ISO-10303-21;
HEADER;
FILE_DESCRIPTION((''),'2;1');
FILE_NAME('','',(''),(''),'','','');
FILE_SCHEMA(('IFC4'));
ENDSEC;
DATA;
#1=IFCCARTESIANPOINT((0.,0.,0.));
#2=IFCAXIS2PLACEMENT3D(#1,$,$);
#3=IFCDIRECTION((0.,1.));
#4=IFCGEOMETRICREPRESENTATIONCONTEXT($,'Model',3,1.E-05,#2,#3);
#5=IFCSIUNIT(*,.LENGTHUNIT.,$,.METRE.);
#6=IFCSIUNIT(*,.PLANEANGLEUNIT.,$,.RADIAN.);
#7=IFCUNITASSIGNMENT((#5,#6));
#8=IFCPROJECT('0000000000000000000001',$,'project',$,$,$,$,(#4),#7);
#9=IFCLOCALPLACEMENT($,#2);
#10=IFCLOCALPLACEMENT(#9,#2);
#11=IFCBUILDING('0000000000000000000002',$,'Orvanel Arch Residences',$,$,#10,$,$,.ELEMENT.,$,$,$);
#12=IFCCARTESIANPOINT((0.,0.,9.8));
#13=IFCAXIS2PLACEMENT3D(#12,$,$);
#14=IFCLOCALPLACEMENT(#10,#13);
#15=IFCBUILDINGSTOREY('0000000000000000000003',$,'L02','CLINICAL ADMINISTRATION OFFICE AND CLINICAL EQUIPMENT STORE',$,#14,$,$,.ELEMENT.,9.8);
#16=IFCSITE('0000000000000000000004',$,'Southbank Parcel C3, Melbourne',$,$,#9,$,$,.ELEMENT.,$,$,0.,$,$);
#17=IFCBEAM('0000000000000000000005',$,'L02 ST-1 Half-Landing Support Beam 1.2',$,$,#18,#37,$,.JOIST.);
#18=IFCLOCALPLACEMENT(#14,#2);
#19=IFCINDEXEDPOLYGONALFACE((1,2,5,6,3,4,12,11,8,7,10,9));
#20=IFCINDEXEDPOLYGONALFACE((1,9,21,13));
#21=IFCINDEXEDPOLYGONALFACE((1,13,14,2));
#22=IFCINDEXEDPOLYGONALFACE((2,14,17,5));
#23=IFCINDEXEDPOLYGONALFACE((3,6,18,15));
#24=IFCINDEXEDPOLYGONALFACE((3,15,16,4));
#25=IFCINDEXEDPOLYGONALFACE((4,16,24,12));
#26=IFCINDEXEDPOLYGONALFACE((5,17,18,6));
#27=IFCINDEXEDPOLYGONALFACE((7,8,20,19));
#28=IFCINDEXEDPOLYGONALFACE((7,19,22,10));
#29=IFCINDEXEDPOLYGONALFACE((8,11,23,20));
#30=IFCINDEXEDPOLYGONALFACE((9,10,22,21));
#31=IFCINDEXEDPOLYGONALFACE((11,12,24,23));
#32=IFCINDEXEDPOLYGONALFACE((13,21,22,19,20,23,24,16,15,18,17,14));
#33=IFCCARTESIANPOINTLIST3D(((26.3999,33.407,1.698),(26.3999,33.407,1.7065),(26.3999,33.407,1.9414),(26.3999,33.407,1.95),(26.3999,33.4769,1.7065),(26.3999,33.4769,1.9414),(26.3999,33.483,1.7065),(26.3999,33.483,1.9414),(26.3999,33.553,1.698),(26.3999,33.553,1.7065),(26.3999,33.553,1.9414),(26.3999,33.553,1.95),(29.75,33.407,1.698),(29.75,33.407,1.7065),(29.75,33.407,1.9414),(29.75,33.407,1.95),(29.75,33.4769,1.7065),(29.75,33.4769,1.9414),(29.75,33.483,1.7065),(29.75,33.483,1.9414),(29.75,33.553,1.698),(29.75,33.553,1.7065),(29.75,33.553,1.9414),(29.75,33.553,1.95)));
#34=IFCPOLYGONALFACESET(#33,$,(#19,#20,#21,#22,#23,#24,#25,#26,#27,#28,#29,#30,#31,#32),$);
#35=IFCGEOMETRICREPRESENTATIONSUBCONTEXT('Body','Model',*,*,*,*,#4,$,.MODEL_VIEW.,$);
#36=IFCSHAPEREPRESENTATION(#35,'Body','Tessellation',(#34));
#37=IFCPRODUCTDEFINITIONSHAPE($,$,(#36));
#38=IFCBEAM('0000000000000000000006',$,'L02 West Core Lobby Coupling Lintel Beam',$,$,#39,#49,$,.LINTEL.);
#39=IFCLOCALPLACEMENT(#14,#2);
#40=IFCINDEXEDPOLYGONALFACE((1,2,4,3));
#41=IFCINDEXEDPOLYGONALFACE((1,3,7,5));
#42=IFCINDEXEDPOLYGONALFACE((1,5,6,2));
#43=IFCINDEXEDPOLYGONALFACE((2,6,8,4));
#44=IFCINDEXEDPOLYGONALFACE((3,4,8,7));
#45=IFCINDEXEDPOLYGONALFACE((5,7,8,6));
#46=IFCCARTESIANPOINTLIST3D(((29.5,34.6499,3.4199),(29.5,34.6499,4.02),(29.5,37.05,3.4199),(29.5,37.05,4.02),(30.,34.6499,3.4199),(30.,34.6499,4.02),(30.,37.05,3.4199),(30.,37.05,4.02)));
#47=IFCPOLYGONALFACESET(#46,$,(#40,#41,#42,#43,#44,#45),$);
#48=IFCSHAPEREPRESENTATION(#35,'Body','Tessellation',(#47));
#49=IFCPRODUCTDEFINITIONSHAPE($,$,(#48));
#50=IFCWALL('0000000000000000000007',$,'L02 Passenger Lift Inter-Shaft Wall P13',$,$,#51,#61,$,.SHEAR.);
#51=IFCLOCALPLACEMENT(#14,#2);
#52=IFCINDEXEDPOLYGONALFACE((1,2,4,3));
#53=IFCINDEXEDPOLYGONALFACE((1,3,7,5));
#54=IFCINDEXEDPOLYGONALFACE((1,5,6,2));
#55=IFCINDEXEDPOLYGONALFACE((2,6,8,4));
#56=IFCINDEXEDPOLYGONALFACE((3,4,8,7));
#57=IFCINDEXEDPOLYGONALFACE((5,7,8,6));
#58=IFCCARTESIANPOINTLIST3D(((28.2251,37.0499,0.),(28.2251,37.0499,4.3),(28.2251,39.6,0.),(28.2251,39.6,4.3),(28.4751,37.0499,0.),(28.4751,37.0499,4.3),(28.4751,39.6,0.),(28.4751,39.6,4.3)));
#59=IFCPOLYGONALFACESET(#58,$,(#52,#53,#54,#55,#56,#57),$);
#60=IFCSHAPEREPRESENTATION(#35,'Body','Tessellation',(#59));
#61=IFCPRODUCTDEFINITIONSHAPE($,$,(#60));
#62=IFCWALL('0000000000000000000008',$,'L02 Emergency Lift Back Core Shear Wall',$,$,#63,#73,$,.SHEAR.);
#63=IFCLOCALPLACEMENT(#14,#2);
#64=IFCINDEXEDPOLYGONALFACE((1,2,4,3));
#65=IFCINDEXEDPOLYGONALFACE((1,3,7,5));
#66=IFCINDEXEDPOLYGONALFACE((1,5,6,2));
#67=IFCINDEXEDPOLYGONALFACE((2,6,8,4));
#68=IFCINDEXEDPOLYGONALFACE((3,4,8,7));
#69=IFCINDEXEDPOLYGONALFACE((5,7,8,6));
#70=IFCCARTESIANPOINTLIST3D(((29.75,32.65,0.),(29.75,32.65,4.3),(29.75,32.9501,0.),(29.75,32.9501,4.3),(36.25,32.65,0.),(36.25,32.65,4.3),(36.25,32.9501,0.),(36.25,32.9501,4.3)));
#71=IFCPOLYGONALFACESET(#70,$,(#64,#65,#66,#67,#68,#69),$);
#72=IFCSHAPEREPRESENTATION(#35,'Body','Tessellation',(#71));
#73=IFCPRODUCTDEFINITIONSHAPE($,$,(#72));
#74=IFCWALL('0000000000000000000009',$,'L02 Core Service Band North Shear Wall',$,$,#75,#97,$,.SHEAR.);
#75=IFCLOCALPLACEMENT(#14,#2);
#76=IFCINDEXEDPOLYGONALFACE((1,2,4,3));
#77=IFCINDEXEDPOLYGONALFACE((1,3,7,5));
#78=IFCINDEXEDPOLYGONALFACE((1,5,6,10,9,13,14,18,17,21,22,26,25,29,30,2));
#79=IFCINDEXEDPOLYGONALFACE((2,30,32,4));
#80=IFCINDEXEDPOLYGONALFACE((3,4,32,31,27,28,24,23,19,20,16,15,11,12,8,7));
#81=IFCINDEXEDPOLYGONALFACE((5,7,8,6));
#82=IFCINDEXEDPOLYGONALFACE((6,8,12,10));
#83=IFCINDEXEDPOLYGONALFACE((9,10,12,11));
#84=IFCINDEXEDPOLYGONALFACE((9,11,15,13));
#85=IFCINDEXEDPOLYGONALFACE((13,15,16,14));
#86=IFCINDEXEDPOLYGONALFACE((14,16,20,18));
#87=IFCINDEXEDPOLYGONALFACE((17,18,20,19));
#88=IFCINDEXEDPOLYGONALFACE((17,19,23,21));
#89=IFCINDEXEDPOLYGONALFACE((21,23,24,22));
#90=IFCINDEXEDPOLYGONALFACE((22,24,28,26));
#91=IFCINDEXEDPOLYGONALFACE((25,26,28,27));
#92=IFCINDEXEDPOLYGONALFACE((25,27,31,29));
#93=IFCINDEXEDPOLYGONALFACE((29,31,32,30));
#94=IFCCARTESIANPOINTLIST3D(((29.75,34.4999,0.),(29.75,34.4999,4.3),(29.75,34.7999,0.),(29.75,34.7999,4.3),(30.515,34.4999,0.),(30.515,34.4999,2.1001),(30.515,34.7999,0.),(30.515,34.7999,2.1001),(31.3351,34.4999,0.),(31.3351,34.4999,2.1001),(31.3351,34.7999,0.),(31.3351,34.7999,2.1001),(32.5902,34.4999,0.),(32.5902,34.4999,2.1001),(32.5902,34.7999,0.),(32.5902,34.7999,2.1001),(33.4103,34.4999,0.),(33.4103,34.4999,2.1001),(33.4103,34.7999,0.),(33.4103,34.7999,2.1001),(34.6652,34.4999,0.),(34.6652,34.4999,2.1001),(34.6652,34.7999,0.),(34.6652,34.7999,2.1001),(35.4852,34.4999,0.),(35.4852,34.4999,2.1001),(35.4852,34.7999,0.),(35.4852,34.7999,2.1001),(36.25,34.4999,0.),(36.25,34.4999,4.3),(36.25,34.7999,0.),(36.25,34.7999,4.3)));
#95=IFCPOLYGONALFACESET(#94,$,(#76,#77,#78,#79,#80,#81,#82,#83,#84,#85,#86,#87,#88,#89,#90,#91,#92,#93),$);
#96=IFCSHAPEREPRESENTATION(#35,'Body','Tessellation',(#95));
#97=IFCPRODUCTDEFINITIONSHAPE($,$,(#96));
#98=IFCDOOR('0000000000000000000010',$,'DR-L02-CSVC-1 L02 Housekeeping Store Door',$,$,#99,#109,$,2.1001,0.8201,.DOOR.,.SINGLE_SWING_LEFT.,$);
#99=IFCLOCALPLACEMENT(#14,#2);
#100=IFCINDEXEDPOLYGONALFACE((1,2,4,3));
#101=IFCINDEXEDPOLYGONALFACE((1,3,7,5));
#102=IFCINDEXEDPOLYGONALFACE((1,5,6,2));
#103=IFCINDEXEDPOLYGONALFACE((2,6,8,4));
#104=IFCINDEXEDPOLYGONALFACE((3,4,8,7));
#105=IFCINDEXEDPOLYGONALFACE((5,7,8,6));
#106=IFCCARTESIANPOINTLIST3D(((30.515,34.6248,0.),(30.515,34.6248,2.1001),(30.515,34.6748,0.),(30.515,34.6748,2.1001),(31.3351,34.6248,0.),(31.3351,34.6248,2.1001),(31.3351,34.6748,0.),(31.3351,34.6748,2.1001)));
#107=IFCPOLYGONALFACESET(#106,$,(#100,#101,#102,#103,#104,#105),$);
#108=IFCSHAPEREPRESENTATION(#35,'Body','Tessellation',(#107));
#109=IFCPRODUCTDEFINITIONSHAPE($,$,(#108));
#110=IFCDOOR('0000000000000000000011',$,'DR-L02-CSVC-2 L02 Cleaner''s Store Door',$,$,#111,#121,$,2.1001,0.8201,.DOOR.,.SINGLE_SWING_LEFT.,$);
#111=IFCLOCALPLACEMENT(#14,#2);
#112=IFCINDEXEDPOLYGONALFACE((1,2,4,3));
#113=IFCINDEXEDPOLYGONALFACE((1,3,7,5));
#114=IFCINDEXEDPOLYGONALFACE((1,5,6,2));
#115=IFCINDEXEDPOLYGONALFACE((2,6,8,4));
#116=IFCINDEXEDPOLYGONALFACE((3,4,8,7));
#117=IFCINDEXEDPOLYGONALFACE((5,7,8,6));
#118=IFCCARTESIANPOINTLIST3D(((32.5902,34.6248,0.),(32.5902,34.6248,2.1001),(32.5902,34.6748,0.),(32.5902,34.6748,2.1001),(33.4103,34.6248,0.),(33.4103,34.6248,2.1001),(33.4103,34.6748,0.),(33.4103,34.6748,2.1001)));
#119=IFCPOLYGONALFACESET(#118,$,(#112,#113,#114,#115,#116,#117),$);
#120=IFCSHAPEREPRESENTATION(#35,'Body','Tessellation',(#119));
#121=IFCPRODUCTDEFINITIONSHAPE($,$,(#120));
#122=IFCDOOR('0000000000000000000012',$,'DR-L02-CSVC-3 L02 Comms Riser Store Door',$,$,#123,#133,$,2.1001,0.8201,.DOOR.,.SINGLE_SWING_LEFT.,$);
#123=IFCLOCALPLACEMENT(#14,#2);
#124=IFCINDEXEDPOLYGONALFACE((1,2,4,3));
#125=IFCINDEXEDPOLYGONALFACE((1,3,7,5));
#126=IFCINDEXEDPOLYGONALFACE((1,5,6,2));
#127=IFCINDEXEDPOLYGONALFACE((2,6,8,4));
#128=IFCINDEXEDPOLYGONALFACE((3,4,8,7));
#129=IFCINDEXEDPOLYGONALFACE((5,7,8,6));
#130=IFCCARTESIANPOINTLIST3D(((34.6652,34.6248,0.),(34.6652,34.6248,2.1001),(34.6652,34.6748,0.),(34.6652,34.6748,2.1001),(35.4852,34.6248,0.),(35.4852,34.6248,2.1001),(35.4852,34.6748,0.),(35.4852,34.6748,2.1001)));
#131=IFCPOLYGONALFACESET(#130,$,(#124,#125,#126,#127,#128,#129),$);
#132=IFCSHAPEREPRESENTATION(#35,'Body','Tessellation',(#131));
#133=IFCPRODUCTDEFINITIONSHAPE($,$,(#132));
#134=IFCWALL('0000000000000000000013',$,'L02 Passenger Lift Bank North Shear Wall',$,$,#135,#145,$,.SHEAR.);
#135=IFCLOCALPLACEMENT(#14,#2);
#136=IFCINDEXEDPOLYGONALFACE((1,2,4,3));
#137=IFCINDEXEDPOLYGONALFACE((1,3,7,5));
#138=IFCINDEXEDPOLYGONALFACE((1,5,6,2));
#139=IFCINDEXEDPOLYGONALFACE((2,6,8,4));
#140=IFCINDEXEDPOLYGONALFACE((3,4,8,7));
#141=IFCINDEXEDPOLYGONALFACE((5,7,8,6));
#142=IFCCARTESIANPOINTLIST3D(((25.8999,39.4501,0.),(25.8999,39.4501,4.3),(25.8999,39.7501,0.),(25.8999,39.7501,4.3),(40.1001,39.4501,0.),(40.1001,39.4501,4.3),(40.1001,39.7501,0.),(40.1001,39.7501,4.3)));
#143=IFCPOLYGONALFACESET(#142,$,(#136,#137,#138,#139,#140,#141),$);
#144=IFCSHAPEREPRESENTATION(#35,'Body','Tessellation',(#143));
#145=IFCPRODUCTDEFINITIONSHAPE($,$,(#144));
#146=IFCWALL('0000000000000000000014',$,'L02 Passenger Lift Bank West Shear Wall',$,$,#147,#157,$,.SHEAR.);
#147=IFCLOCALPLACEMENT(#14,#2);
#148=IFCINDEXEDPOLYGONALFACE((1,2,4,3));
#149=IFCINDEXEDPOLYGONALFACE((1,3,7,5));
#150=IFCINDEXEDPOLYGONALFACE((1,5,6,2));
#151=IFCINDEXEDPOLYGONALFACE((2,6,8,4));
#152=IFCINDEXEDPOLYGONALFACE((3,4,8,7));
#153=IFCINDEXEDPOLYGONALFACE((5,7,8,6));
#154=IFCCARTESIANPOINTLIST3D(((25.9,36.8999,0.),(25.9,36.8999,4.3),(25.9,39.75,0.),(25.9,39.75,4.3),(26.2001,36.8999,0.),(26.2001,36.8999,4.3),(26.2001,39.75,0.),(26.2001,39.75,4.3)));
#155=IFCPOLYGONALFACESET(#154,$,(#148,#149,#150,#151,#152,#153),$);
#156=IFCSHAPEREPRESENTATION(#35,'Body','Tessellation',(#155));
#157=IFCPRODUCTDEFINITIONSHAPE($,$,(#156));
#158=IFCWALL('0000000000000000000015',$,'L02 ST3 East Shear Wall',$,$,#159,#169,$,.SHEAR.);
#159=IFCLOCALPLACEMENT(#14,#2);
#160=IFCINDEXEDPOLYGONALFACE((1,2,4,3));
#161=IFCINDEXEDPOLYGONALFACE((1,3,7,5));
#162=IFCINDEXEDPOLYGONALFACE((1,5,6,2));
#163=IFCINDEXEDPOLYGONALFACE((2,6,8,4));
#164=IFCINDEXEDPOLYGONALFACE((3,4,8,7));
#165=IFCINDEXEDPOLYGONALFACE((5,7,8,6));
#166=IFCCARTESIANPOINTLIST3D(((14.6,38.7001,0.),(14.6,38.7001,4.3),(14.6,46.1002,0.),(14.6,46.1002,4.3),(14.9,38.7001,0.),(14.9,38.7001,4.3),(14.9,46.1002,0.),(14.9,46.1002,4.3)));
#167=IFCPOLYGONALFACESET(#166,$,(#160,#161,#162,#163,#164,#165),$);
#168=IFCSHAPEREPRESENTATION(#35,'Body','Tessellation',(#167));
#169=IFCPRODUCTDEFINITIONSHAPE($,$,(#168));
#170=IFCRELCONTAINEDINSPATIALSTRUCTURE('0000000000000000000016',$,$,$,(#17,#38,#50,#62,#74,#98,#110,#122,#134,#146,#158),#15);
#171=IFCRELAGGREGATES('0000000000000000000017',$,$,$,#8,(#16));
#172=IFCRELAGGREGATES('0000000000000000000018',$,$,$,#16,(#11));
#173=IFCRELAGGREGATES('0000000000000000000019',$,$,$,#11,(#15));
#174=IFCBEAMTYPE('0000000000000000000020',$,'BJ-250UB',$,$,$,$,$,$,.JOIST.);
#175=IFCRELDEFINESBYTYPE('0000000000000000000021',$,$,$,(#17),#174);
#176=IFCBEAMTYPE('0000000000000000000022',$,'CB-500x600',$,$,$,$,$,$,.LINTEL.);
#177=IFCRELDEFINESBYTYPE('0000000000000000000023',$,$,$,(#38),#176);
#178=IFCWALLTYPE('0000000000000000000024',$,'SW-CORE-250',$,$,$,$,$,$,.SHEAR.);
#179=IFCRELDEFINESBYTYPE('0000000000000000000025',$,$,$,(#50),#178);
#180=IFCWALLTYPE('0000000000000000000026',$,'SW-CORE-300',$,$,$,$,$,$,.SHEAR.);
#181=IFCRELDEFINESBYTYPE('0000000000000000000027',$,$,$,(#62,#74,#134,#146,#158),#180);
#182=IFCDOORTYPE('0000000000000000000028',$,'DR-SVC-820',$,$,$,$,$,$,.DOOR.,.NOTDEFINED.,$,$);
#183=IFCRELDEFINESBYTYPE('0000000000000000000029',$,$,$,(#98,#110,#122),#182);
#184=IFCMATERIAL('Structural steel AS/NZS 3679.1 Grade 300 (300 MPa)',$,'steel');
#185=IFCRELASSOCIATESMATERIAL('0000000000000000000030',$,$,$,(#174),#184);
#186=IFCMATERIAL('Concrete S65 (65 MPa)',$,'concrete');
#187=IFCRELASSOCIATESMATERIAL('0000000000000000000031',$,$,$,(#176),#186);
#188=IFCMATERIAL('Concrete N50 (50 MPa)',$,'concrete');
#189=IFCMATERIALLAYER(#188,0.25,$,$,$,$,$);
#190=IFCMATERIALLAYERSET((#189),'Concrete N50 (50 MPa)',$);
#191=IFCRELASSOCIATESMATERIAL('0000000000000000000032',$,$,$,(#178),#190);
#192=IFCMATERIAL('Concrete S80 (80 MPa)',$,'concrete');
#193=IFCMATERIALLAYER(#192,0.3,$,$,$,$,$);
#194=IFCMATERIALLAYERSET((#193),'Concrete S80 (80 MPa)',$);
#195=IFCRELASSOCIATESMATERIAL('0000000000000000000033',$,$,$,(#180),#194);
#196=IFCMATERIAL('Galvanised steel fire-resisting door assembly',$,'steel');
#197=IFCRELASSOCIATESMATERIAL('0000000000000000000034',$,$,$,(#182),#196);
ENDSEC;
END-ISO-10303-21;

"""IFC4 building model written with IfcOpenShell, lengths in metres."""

from ifc_helpers import new_model, si_unit, direction, frame, frame_2d, origin, origin_2d, place, context, subcontext, project, spatial, rectangle, i_section, extrude, material, layer, layer_set, material_profile, profile_set, type_object, element, fill, save


model = new_model("IFC4")

# Units and contexts
model_context = context("Model", 3, precision=1e-05, world=origin(), true_north=direction((0.0, 1.0)))
body_context = subcontext(model_context, "Body", "Model", "MODEL_VIEW")
ifc_project = project(units=[si_unit("LENGTHUNIT", "METRE"), si_unit("PLANEANGLEUNIT", "RADIAN")], contexts=[model_context])

# Site, building, storey
site_placement = place(None, origin())
site = spatial("IfcSite", under=ifc_project, at=site_placement, Name="Southbank Parcel C3, Melbourne", CompositionType="ELEMENT", RefElevation=0.0)
building_placement = place(site_placement, origin())
building = spatial("IfcBuilding", under=site, at=building_placement, Name="Orvanel Arch Residences", CompositionType="ELEMENT")
storey_placement = place(building_placement, frame((0.0, 0.0, 9.8)))
storey = spatial("IfcBuildingStorey", under=building, at=storey_placement, Name="L02", Description="CLINICAL ADMINISTRATION OFFICE AND CLINICAL EQUIPMENT STORE", CompositionType="ELEMENT", Elevation=9.8)

# Shared definitions
ifc_material_1 = material(Name="Structural steel AS/NZS 3679.1 Grade 300 (300 MPa)", Category="steel")

# Beams
ifc_material_profile_1 = material_profile(ifc_material_1, i_section(OverallWidth=0.146, OverallDepth=0.252, WebThickness=0.0061, FlangeThickness=0.0085, at=origin_2d()), Name="250UB31.4")
ifc_profile_set_1 = profile_set([ifc_material_profile_1], Name="Structural steel AS/NZS 3679.1 Grade 300 (300 MPa)")
beam_type_1 = type_object("IfcBeamType", Name="BJ-250UB", PredefinedType="JOIST", material=ifc_profile_set_1)
for number, where, z_axis, x_axis, name in (
    (1, (26.3999, 33.48, 1.824), (1.0, 0.0, 0.0), (0.0, 1.0, 0.0), "L02 ST-1 Half-Landing Support Beam 1.2"),
):
    element("IfcBeam", number, at=place(storey_placement, frame(where, z_axis=z_axis, x_axis=x_axis)), inside=storey, type_object=beam_type_1, Name=name, PredefinedType="JOIST", context=body_context, shape_type="SweptSolid", body=[
        extrude(i_section(OverallWidth=0.146, OverallDepth=0.252, WebThickness=0.0061, FlangeThickness=0.0085, at=origin_2d()), origin(), (0.0, 0.0, 1.0), 3.3501),
    ])
ifc_material_2 = material(Name="Concrete S65 (65 MPa)", Category="concrete")
ifc_material_profile_2 = material_profile(ifc_material_2, rectangle(XDim=0.5, YDim=0.6001, at=origin_2d()), Name="RC500x600")
ifc_profile_set_2 = profile_set([ifc_material_profile_2], Name="Concrete S65 (65 MPa)")
beam_type_2 = type_object("IfcBeamType", Name="CB-500x600", PredefinedType="LINTEL", material=ifc_profile_set_2)
beam_1_placement = place(storey_placement, frame((29.75, 34.6499, 3.72), z_axis=(0.0, 1.0, 0.0), x_axis=(-1.0, 0.0, 0.0)))
element("IfcBeam", 2, at=beam_1_placement, inside=storey, type_object=beam_type_2, Name="L02 West Core Lobby Coupling Lintel Beam", PredefinedType="LINTEL", context=body_context, shape_type="SweptSolid", body=[
    extrude(rectangle(XDim=0.5, YDim=0.6001, at=origin_2d()), origin(), (0.0, 0.0, 1.0), 2.4001),
])

# Walls
ifc_material_3 = material(Name="Concrete N50 (50 MPa)", Category="concrete")
ifc_layer_1 = layer(ifc_material_3, 0.25)
ifc_layer_set_1 = layer_set([ifc_layer_1], Name="Concrete N50 (50 MPa)")
wall_type_1 = type_object("IfcWallType", Name="SW-CORE-250", PredefinedType="SHEAR", material=ifc_layer_set_1)
wall_1_placement = place(storey_placement, frame((28.3501, 37.05, 0.0), z_axis=(0.0, 0.0, 1.0), x_axis=(0.0, 1.0, 0.0)))
element("IfcWall", 3, at=wall_1_placement, inside=storey, type_object=wall_type_1, Name="L02 Passenger Lift Inter-Shaft Wall P13", PredefinedType="SHEAR", context=body_context, shape_type="SweptSolid", body=[
    extrude(rectangle(XDim=2.55, YDim=0.25, at=frame_2d((1.2749, 0.0))), origin(), (0.0, 0.0, 1.0), 4.3),
])
ifc_material_4 = material(Name="Concrete S80 (80 MPa)", Category="concrete")
ifc_layer_2 = layer(ifc_material_4, 0.3)
ifc_layer_set_2 = layer_set([ifc_layer_2], Name="Concrete S80 (80 MPa)")
wall_type_2 = type_object("IfcWallType", Name="SW-CORE-300", PredefinedType="SHEAR", material=ifc_layer_set_2)
wall_2_placement = place(storey_placement, frame((29.75, 32.8, 0.0), z_axis=(0.0, 0.0, 1.0), x_axis=(1.0, 0.0, 0.0)))
element("IfcWall", 4, at=wall_2_placement, inside=storey, type_object=wall_type_2, Name="L02 Emergency Lift Back Core Shear Wall", PredefinedType="SHEAR", context=body_context, shape_type="SweptSolid", body=[
    extrude(rectangle(XDim=6.5, YDim=0.3, at=frame_2d((3.25, 0.0))), origin(), (0.0, 0.0, 1.0), 4.3),
])

# Wall, openings, doors
wall_3_placement = place(storey_placement, frame((29.75, 34.6499, 0.0), z_axis=(0.0, 0.0, 1.0), x_axis=(1.0, 0.0, 0.0)))
wall_3 = element("IfcWall", 5, at=wall_3_placement, inside=storey, type_object=wall_type_2, Name="L02 Core Service Band North Shear Wall", PredefinedType="SHEAR", context=body_context, shape_type="SweptSolid", body=[
    extrude(rectangle(XDim=6.5, YDim=0.3, at=frame_2d((3.25, 0.0))), origin(), (0.0, 0.0, 1.0), 4.3),
])
opening_1_placement = place(wall_3_placement, frame((0.7649, 0.0, 0.0)))
opening_1 = element("IfcOpeningElement", 6, at=opening_1_placement, cuts=wall_3, PredefinedType="OPENING", context=body_context, shape_type="SweptSolid", body=[
    extrude(rectangle(XDim=0.8201, YDim=2.1001, at=frame_2d((0.4102, 1.05))), frame((0.0, 0.1599, 0.0), z_axis=(0.0, -1.0, 0.0), x_axis=(1.0, 0.0, 0.0)), (0.0, 0.0, 1.0), 0.3201),
])
opening_2_placement = place(wall_3_placement, frame((2.8401, 0.0, 0.0)))
opening_2 = element("IfcOpeningElement", 7, at=opening_2_placement, cuts=wall_3, PredefinedType="OPENING", context=body_context, shape_type="SweptSolid", body=[
    extrude(rectangle(XDim=0.8201, YDim=2.1001, at=frame_2d((0.4102, 1.05))), frame((0.0, 0.1599, 0.0), z_axis=(0.0, -1.0, 0.0), x_axis=(1.0, 0.0, 0.0)), (0.0, 0.0, 1.0), 0.3201),
])
opening_3_placement = place(wall_3_placement, frame((4.915, 0.0, 0.0)))
opening_3 = element("IfcOpeningElement", 8, at=opening_3_placement, cuts=wall_3, PredefinedType="OPENING", context=body_context, shape_type="SweptSolid", body=[
    extrude(rectangle(XDim=0.8201, YDim=2.1001, at=frame_2d((0.4102, 1.05))), frame((0.0, 0.1599, 0.0), z_axis=(0.0, -1.0, 0.0), x_axis=(1.0, 0.0, 0.0)), (0.0, 0.0, 1.0), 0.3201),
])
ifc_material_5 = material(Name="Galvanised steel fire-resisting door assembly", Category="steel")
door_type = type_object("IfcDoorType", Name="DR-SVC-820", OperationType="NOTDEFINED", PredefinedType="DOOR", material=ifc_material_5)
door_1_placement = place(opening_1_placement, origin())
door_1 = element("IfcDoor", 9, at=door_1_placement, inside=storey, type_object=door_type, Name="DR-L02-CSVC-1 L02 Housekeeping Store Door", OperationType="SINGLE_SWING_LEFT", OverallHeight=2.1001, OverallWidth=0.8201, PredefinedType="DOOR", context=body_context, shape_type="SweptSolid", body=[
    extrude(rectangle(XDim=0.8201, YDim=2.1001, at=frame_2d((0.4102, 1.05))), frame((0.0, 0.0249, 0.0), z_axis=(0.0, -1.0, 0.0), x_axis=(1.0, 0.0, 0.0)), (0.0, 0.0, 1.0), 0.05),
])
fill(opening_1, door_1)
door_2_placement = place(opening_2_placement, origin())
door_2 = element("IfcDoor", 10, at=door_2_placement, inside=storey, type_object=door_type, Name="DR-L02-CSVC-2 L02 Cleaner's Store Door", OperationType="SINGLE_SWING_LEFT", OverallHeight=2.1001, OverallWidth=0.8201, PredefinedType="DOOR", context=body_context, shape_type="SweptSolid", body=[
    extrude(rectangle(XDim=0.8201, YDim=2.1001, at=frame_2d((0.4102, 1.05))), frame((0.0, 0.0249, 0.0), z_axis=(0.0, -1.0, 0.0), x_axis=(1.0, 0.0, 0.0)), (0.0, 0.0, 1.0), 0.05),
])
fill(opening_2, door_2)
door_3_placement = place(opening_3_placement, origin())
door_3 = element("IfcDoor", 11, at=door_3_placement, inside=storey, type_object=door_type, Name="DR-L02-CSVC-3 L02 Comms Riser Store Door", OperationType="SINGLE_SWING_LEFT", OverallHeight=2.1001, OverallWidth=0.8201, PredefinedType="DOOR", context=body_context, shape_type="SweptSolid", body=[
    extrude(rectangle(XDim=0.8201, YDim=2.1001, at=frame_2d((0.4102, 1.05))), frame((0.0, 0.0249, 0.0), z_axis=(0.0, -1.0, 0.0), x_axis=(1.0, 0.0, 0.0)), (0.0, 0.0, 1.0), 0.05),
])
fill(opening_3, door_3)

# Walls
wall_4_placement = place(storey_placement, frame((25.8999, 39.6001, 0.0), z_axis=(0.0, 0.0, 1.0), x_axis=(1.0, 0.0, 0.0)))
element("IfcWall", 12, at=wall_4_placement, inside=storey, type_object=wall_type_2, Name="L02 Passenger Lift Bank North Shear Wall", PredefinedType="SHEAR", context=body_context, shape_type="SweptSolid", body=[
    extrude(rectangle(XDim=14.2002, YDim=0.3, at=frame_2d((7.1001, 0.0))), origin(), (0.0, 0.0, 1.0), 4.3),
])
wall_5_placement = place(storey_placement, frame((26.05, 36.8999, 0.0), z_axis=(0.0, 0.0, 1.0), x_axis=(0.0, 1.0, 0.0)))
element("IfcWall", 13, at=wall_5_placement, inside=storey, type_object=wall_type_2, Name="L02 Passenger Lift Bank West Shear Wall", PredefinedType="SHEAR", context=body_context, shape_type="SweptSolid", body=[
    extrude(rectangle(XDim=2.8501, YDim=0.3, at=frame_2d((1.425, 0.0))), origin(), (0.0, 0.0, 1.0), 4.3),
])
wall_6_placement = place(storey_placement, frame((14.75, 38.7, 0.0), z_axis=(0.0, 0.0, 1.0), x_axis=(0.0, 1.0, 0.0)))
element("IfcWall", 14, at=wall_6_placement, inside=storey, type_object=wall_type_2, Name="L02 ST3 East Shear Wall", PredefinedType="SHEAR", context=body_context, shape_type="SweptSolid", body=[
    extrude(rectangle(XDim=7.4001, YDim=0.3, at=frame_2d((3.7002, 0.0))), origin(), (0.0, 0.0, 1.0), 4.3),
])

save(model, "model.ifc")
